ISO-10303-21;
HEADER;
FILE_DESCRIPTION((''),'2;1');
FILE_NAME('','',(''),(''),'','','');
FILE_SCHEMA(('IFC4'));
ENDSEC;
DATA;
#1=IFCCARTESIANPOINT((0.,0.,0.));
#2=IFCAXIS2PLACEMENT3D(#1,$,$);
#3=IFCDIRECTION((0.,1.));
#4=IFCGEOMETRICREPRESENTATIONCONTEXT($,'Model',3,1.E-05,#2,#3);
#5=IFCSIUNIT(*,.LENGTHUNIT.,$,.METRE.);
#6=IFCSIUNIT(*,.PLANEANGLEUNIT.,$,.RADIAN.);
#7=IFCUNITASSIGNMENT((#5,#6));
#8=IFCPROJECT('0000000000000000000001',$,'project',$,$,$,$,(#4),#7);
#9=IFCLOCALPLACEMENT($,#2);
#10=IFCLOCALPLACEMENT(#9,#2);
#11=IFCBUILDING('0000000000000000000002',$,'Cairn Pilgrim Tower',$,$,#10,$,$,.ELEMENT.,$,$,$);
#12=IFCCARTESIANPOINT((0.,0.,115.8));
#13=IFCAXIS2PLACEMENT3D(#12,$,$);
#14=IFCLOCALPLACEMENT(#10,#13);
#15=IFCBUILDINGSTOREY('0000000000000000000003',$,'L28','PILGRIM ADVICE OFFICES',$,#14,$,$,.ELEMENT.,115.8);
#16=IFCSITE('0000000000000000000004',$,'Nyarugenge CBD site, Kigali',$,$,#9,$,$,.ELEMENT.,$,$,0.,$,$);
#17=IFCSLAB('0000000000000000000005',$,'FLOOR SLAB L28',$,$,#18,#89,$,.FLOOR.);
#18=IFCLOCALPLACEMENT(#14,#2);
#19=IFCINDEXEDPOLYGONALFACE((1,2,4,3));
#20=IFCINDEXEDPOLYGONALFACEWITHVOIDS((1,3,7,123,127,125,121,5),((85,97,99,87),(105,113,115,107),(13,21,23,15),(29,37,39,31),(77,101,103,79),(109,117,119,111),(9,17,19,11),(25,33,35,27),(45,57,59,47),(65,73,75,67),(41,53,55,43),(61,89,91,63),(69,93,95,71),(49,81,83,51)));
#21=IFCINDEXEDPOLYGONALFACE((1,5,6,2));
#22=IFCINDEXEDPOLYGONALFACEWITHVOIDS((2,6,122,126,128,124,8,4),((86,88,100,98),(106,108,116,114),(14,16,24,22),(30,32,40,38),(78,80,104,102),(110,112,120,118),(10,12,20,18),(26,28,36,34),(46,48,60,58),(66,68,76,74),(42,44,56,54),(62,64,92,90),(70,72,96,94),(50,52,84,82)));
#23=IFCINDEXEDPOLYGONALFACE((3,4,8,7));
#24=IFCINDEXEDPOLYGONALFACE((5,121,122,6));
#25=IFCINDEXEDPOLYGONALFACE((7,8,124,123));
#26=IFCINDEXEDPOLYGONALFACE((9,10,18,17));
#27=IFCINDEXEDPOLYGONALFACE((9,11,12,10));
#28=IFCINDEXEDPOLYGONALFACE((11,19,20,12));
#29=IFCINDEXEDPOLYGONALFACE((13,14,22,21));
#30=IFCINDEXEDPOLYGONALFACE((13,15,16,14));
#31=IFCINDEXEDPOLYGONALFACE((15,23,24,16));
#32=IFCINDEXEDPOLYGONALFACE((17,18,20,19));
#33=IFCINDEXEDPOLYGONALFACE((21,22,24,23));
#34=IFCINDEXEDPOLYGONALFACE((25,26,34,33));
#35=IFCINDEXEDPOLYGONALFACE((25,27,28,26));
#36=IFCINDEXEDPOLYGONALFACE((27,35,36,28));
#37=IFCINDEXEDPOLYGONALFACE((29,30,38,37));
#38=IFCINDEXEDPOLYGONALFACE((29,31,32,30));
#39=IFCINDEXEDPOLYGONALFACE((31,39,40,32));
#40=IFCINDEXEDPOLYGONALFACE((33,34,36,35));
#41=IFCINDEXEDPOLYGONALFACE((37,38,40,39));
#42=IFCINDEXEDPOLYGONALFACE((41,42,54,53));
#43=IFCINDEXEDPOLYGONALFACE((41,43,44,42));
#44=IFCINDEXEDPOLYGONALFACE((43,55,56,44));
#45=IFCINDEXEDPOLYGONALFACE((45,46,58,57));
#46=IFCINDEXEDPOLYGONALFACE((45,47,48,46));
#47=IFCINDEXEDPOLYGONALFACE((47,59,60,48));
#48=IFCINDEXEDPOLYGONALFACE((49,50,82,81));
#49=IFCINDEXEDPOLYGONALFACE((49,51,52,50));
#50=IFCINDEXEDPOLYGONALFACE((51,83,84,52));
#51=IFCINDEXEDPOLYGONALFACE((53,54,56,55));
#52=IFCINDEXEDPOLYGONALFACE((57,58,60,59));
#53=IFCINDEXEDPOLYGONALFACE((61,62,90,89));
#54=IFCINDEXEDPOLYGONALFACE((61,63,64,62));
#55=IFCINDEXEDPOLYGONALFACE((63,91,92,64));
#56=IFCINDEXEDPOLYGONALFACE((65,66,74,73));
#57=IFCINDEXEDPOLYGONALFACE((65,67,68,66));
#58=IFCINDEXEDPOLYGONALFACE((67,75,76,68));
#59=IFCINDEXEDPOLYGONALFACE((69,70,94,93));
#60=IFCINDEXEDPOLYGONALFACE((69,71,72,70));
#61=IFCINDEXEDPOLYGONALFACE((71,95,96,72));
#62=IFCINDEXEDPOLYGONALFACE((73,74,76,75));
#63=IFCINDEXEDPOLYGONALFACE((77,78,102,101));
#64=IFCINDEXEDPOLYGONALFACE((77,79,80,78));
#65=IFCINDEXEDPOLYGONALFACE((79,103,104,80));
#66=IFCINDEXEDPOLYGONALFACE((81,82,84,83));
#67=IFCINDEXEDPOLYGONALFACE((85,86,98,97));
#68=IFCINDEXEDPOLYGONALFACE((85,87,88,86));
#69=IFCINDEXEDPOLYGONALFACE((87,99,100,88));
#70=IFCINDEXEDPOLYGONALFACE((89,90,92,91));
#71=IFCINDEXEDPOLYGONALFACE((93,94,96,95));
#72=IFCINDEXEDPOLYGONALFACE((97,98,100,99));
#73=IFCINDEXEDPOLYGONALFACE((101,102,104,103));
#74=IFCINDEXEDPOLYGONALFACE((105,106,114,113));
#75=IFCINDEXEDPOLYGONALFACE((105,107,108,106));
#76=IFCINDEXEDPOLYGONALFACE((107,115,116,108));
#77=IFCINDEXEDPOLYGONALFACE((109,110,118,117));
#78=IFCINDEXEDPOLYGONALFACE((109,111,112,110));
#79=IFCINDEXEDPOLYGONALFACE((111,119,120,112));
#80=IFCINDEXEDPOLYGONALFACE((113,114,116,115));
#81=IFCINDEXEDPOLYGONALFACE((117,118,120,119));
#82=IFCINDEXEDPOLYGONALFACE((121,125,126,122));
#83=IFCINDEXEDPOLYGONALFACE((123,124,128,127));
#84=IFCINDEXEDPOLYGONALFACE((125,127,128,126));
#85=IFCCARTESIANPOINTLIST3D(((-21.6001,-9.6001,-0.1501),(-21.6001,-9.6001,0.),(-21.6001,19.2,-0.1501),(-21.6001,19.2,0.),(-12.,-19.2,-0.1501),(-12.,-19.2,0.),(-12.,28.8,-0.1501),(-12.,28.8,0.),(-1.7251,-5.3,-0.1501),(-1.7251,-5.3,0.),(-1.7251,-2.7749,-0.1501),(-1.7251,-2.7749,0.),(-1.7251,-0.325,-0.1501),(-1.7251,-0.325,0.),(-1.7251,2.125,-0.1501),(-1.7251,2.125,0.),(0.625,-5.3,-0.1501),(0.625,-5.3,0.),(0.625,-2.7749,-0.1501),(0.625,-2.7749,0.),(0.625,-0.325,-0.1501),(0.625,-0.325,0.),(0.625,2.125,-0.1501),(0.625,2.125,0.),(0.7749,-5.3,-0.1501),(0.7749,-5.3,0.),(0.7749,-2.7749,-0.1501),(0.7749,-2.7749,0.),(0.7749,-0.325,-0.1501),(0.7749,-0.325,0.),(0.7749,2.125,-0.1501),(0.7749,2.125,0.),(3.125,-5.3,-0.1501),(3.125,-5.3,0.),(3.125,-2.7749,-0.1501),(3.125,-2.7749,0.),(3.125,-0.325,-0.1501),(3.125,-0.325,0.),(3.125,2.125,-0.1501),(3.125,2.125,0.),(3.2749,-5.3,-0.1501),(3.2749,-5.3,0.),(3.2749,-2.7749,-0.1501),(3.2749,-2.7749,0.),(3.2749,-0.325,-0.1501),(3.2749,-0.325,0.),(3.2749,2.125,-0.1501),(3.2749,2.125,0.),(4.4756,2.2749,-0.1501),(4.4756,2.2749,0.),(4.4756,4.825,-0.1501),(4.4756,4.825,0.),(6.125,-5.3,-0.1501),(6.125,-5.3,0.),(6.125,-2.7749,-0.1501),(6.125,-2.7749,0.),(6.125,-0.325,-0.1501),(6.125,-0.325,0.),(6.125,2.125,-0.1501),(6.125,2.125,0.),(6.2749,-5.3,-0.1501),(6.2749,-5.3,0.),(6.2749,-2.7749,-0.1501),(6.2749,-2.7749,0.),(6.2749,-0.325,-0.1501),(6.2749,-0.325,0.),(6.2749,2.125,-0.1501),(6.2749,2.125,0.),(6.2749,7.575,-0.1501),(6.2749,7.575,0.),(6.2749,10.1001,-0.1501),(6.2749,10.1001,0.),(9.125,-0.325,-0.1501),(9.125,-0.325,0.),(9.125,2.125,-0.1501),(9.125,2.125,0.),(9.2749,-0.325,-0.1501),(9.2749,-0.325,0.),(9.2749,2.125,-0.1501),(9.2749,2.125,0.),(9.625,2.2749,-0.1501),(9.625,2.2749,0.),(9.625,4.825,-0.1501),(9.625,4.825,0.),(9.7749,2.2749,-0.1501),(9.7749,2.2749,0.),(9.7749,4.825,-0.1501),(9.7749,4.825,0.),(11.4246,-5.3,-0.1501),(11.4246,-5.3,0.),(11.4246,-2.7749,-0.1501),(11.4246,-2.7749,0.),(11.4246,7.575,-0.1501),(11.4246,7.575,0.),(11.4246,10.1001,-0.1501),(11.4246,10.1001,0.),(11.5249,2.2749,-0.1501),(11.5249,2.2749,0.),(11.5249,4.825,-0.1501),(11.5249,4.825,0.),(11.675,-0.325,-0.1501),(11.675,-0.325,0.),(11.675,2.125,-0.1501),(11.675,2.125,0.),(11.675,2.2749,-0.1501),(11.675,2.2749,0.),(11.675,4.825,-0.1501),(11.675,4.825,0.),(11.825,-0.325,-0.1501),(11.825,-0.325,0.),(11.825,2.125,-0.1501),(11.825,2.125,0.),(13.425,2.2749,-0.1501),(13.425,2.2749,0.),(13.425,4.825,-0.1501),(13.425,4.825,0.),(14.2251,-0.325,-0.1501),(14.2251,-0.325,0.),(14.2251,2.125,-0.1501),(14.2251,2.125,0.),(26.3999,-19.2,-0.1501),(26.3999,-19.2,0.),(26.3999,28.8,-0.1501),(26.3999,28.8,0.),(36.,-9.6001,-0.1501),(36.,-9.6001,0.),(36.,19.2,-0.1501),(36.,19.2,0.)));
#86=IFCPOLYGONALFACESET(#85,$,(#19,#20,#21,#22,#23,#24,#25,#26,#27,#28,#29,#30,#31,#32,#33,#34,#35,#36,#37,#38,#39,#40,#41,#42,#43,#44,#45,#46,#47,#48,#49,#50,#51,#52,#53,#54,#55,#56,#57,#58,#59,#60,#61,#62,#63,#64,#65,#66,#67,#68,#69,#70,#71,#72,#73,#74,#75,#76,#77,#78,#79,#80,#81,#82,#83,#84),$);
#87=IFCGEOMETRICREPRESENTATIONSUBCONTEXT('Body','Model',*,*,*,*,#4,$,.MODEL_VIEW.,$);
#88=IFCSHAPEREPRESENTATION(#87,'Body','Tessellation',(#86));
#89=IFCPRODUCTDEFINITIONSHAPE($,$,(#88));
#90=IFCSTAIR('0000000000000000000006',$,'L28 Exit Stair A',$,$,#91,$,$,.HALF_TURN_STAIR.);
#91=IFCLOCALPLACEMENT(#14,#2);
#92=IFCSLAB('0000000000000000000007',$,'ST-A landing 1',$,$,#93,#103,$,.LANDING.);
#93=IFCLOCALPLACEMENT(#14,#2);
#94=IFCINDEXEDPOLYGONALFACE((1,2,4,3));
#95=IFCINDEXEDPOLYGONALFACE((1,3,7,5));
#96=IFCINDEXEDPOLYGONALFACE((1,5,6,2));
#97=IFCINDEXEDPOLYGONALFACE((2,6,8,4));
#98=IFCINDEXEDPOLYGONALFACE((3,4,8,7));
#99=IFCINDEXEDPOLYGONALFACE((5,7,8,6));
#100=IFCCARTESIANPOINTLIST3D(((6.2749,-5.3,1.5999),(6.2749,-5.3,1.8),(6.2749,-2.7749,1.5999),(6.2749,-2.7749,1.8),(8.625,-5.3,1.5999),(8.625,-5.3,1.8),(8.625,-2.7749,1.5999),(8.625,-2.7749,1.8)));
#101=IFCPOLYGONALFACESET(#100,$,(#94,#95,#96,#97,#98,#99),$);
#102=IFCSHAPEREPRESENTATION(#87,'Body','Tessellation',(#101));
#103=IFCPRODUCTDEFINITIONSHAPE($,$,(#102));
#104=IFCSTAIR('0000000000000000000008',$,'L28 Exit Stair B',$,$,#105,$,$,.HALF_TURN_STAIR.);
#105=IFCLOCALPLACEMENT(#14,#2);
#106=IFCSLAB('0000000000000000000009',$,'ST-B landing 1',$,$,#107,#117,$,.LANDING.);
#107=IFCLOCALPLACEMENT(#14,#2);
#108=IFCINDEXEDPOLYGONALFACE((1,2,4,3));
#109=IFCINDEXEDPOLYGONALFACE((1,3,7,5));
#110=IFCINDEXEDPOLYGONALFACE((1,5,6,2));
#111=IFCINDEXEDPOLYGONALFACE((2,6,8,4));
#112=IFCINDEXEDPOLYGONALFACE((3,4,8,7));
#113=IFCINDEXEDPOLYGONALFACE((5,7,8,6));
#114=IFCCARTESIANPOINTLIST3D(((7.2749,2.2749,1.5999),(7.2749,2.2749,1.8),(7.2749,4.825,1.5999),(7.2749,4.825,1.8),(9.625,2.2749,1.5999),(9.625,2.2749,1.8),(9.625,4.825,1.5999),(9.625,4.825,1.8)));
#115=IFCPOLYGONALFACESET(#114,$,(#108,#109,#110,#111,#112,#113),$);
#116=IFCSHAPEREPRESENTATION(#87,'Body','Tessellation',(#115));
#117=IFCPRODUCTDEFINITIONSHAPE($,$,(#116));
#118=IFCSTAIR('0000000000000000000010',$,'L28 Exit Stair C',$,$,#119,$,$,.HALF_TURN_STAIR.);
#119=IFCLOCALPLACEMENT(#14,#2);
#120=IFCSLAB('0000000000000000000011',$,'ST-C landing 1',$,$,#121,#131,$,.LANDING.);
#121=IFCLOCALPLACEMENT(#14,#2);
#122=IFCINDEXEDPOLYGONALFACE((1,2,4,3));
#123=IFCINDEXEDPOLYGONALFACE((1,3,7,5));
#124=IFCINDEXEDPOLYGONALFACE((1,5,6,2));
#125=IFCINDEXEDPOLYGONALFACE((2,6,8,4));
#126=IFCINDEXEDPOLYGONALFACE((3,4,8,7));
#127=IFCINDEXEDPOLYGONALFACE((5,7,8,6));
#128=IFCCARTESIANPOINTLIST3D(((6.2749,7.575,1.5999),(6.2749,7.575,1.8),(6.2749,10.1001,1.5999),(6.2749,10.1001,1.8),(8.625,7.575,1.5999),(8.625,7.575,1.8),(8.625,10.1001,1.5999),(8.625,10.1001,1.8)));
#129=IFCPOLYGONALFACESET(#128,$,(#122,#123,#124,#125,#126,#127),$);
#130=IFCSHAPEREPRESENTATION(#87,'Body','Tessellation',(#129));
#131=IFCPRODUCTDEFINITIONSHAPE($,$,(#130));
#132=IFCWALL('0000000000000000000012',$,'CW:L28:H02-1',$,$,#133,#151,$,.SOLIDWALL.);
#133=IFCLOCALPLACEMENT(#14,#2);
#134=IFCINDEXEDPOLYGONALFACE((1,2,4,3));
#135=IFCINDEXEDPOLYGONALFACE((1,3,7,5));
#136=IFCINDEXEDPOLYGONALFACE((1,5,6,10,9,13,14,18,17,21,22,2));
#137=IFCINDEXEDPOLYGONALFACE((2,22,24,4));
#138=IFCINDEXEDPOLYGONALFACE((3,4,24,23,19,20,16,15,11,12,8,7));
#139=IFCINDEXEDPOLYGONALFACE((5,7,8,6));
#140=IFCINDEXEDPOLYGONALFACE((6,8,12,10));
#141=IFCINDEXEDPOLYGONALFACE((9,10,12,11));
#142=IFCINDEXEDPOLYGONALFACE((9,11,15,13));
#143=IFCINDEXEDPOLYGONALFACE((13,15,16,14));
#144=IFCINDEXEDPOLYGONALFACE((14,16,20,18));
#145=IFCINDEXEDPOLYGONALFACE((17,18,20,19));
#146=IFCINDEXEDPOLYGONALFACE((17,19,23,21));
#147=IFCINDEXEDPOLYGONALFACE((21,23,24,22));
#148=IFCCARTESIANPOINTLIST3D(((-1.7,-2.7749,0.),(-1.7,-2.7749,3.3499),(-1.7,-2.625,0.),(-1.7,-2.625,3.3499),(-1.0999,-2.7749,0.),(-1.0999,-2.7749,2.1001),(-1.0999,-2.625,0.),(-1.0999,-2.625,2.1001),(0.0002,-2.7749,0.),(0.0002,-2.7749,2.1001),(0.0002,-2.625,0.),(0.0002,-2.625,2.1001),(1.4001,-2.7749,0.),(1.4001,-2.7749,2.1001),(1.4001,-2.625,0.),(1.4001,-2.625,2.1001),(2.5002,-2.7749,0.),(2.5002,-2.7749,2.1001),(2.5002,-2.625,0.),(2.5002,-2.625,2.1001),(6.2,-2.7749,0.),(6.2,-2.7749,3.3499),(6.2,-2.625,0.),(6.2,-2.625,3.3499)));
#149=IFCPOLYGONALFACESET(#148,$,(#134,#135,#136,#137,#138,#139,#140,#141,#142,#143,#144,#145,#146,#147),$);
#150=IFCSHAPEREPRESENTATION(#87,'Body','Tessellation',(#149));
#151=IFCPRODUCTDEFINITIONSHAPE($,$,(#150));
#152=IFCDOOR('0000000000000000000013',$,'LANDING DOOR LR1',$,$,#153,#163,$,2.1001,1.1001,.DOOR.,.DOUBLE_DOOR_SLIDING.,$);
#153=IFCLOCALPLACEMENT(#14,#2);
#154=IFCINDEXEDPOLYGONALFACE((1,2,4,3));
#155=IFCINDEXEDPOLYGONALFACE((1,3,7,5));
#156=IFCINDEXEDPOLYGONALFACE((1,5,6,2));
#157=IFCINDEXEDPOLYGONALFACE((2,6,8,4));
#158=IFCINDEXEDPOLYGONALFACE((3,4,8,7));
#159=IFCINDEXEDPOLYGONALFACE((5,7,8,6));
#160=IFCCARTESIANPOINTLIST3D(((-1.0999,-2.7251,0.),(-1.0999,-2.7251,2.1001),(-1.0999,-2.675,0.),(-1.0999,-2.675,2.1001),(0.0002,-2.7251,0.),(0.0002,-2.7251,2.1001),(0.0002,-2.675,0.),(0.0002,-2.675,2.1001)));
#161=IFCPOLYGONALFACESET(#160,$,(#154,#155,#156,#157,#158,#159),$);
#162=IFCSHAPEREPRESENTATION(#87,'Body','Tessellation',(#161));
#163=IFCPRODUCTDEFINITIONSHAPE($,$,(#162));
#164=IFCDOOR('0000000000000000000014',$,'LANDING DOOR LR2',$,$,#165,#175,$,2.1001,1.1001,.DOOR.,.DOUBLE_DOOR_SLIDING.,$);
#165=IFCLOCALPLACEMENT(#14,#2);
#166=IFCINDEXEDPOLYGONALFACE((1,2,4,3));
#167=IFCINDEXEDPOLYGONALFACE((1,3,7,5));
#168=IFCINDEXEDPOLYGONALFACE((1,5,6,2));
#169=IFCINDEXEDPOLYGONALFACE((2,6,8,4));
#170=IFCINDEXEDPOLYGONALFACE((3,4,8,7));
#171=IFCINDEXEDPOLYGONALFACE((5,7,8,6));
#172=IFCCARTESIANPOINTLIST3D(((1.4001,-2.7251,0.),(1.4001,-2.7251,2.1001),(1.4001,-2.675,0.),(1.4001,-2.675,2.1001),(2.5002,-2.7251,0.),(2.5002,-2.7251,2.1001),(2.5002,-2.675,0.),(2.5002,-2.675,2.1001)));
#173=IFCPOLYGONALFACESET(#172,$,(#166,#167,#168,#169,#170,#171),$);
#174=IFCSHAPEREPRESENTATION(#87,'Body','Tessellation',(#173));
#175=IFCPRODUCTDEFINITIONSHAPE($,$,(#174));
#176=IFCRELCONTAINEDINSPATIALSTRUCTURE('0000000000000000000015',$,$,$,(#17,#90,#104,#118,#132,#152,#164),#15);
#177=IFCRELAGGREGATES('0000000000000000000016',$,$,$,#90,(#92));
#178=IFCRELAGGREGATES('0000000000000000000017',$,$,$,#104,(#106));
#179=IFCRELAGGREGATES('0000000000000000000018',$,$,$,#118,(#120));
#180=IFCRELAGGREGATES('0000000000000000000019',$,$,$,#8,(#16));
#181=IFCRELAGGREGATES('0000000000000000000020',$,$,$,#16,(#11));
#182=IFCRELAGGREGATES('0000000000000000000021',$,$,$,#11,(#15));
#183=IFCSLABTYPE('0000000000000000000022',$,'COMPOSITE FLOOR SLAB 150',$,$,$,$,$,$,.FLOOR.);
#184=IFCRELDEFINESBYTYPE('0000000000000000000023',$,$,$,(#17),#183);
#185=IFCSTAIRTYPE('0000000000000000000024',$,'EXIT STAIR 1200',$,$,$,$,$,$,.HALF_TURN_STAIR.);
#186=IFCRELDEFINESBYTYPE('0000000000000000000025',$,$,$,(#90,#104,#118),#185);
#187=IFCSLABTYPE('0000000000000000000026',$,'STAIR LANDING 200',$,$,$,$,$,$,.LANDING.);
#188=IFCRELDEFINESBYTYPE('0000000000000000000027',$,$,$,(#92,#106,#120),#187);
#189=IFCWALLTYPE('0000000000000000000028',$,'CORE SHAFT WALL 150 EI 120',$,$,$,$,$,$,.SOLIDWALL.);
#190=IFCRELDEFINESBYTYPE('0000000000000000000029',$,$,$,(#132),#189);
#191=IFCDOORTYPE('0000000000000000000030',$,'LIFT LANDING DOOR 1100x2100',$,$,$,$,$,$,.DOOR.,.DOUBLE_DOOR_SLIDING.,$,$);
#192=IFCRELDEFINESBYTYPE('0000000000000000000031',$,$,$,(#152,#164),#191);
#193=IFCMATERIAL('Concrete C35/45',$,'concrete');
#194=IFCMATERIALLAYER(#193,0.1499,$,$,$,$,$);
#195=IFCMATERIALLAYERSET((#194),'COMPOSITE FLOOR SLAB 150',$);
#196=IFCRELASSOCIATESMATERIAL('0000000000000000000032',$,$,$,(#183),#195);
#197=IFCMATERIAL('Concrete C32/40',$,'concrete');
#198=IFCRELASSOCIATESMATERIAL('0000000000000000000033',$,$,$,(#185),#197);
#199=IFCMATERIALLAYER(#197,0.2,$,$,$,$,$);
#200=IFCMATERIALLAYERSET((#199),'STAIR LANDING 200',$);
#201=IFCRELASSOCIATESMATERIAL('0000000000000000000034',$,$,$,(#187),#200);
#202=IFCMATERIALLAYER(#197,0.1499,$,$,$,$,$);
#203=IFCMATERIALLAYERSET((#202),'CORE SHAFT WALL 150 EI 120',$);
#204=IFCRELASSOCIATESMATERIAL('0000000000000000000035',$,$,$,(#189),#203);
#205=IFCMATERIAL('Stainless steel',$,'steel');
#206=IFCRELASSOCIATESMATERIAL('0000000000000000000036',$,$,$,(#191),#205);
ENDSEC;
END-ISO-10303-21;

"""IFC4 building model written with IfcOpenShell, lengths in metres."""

from ifc_helpers import new_model, si_unit, direction, frame, frame_2d, origin, place, context, subcontext, project, spatial, polyline, rectangle, outline, extrude, material, layer, layer_set, type_object, element, fill, aggregate, save


model = new_model("IFC4")

# Units and contexts
model_context = context("Model", 3, precision=1e-05, world=origin(), true_north=direction((0.0, 1.0)))
body_context = subcontext(model_context, "Body", "Model", "MODEL_VIEW")
ifc_project = project(units=[si_unit("LENGTHUNIT", "METRE"), si_unit("PLANEANGLEUNIT", "RADIAN")], contexts=[model_context])

# Site, building, storey
site_placement = place(None, origin())
site = spatial("IfcSite", under=ifc_project, at=site_placement, Name="Nyarugenge CBD site, Kigali", CompositionType="ELEMENT", RefElevation=0.0)
building_placement = place(site_placement, origin())
building = spatial("IfcBuilding", under=site, at=building_placement, Name="Cairn Pilgrim Tower", CompositionType="ELEMENT")
storey_placement = place(building_placement, frame((0.0, 0.0, 115.8)))
storey = spatial("IfcBuildingStorey", under=building, at=storey_placement, Name="L28", Description="PILGRIM ADVICE OFFICES", CompositionType="ELEMENT", Elevation=115.8)

# Slab
ifc_material_1 = material(Name="Concrete C35/45", Category="concrete")
ifc_layer_1 = layer(ifc_material_1, 0.1499)
ifc_layer_set_1 = layer_set([ifc_layer_1], Name="COMPOSITE FLOOR SLAB 150")
slab_type_1 = type_object("IfcSlabType", Name="COMPOSITE FLOOR SLAB 150", PredefinedType="FLOOR", material=ifc_layer_set_1)
slab_1_placement = place(storey_placement, frame((0.0, 0.0, -0.1501)))
element("IfcSlab", 1, at=slab_1_placement, inside=storey, type_object=slab_type_1, Name="FLOOR SLAB L28", PredefinedType="FLOOR", context=body_context, shape_type="SweptSolid", body=[
    extrude(outline(polyline([(-12.0, -19.2), (26.3999, -19.2), (36.0, -9.6001), (36.0, 19.2), (26.3999, 28.8), (-12.0, 28.8), (-21.6001, 19.2), (-21.6001, -9.6001), (-12.0, -19.2)]), holes=[polyline([(-1.7251, -5.3), (0.625, -5.3), (0.625, -2.7749), (-1.7251, -2.7749), (-1.7251, -5.3)]), polyline([(0.7749, -5.3), (3.125, -5.3), (3.125, -2.7749), (0.7749, -2.7749), (0.7749, -5.3)]), polyline([(-1.7251, -0.325), (0.625, -0.325), (0.625, 2.125), (-1.7251, 2.125), (-1.7251, -0.325)]), polyline([(0.7749, -0.325), (3.125, -0.325), (3.125, 2.125), (0.7749, 2.125), (0.7749, -0.325)]), polyline([(3.2749, -5.3), (6.125, -5.3), (6.125, -2.7749), (3.2749, -2.7749), (3.2749, -5.3)]), polyline([(3.2749, -0.325), (6.125, -0.325), (6.125, 2.125), (3.2749, 2.125), (3.2749, -0.325)]), polyline([(6.2749, -0.325), (9.125, -0.325), (9.125, 2.125), (6.2749, 2.125), (6.2749, -0.325)]), polyline([(9.2749, -0.325), (11.675, -0.325), (11.675, 2.125), (9.2749, 2.125), (9.2749, -0.325)]), polyline([(11.825, -0.325), (14.2251, -0.325), (14.2251, 2.125), (11.825, 2.125), (11.825, -0.325)]), polyline([(9.7749, 2.2749), (11.5249, 2.2749), (11.5249, 4.825), (9.7749, 4.825), (9.7749, 2.2749)]), polyline([(11.675, 2.2749), (13.425, 2.2749), (13.425, 4.825), (11.675, 4.825), (11.675, 2.2749)]), polyline([(11.4246, -2.7749), (6.2749, -2.7749), (6.2749, -5.3), (11.4246, -5.3), (11.4246, -2.7749)]), polyline([(4.4756, 2.2749), (9.625, 2.2749), (9.625, 4.825), (4.4756, 4.825), (4.4756, 2.2749)]), polyline([(11.4246, 10.1001), (6.2749, 10.1001), (6.2749, 7.575), (11.4246, 7.575), (11.4246, 10.1001)])]), origin(), (0.0, 0.0, 1.0), 0.1501),
])

# Stairs, slabs
ifc_material_2 = material(Name="Concrete C32/40", Category="concrete")
stair_type = type_object("IfcStairType", Name="EXIT STAIR 1200", PredefinedType="HALF_TURN_STAIR", material=ifc_material_2)
stair_1_placement = place(storey_placement, origin())
stair_1 = element("IfcStair", 2, at=stair_1_placement, inside=storey, type_object=stair_type, Name="L28 Exit Stair A", PredefinedType="HALF_TURN_STAIR")
ifc_layer_2 = layer(ifc_material_2, 0.2)
ifc_layer_set_2 = layer_set([ifc_layer_2], Name="STAIR LANDING 200")
slab_type_2 = type_object("IfcSlabType", Name="STAIR LANDING 200", PredefinedType="LANDING", material=ifc_layer_set_2)
slab_2_placement = place(storey_placement, frame((0.0, 0.0, 1.5999)))
slab_2 = element("IfcSlab", 3, at=slab_2_placement, type_object=slab_type_2, Name="ST-A landing 1", PredefinedType="LANDING", context=body_context, shape_type="SweptSolid", body=[
    extrude(outline(polyline([(8.625, -2.7749), (6.2749, -2.7749), (6.2749, -5.3), (8.625, -5.3), (8.625, -2.7749)])), origin(), (0.0, 0.0, 1.0), 0.2002),
])
aggregate(stair_1, [slab_2])
stair_2_placement = place(storey_placement, origin())
stair_2 = element("IfcStair", 4, at=stair_2_placement, inside=storey, type_object=stair_type, Name="L28 Exit Stair B", PredefinedType="HALF_TURN_STAIR")
slab_3_placement = place(storey_placement, frame((0.0, 0.0, 1.5999)))
slab_3 = element("IfcSlab", 5, at=slab_3_placement, type_object=slab_type_2, Name="ST-B landing 1", PredefinedType="LANDING", context=body_context, shape_type="SweptSolid", body=[
    extrude(outline(polyline([(7.2749, 2.2749), (9.625, 2.2749), (9.625, 4.825), (7.2749, 4.825), (7.2749, 2.2749)])), origin(), (0.0, 0.0, 1.0), 0.2002),
])
aggregate(stair_2, [slab_3])
stair_3_placement = place(storey_placement, origin())
stair_3 = element("IfcStair", 6, at=stair_3_placement, inside=storey, type_object=stair_type, Name="L28 Exit Stair C", PredefinedType="HALF_TURN_STAIR")
slab_4_placement = place(storey_placement, frame((0.0, 0.0, 1.5999)))
slab_4 = element("IfcSlab", 7, at=slab_4_placement, type_object=slab_type_2, Name="ST-C landing 1", PredefinedType="LANDING", context=body_context, shape_type="SweptSolid", body=[
    extrude(outline(polyline([(8.625, 10.1001), (6.2749, 10.1001), (6.2749, 7.575), (8.625, 7.575), (8.625, 10.1001)])), origin(), (0.0, 0.0, 1.0), 0.2002),
])
aggregate(stair_3, [slab_4])

# Wall, openings, doors
ifc_layer_3 = layer(ifc_material_2, 0.1499)
ifc_layer_set_3 = layer_set([ifc_layer_3], Name="CORE SHAFT WALL 150 EI 120")
wall_type_1 = type_object("IfcWallType", Name="CORE SHAFT WALL 150 EI 120", PredefinedType="SOLIDWALL", material=ifc_layer_set_3)
wall_1_placement = place(storey_placement, frame((-1.7, -2.7, 0.0), z_axis=(0.0, 0.0, 1.0), x_axis=(1.0, 0.0, 0.0)))
wall_1 = element("IfcWall", 8, at=wall_1_placement, inside=storey, type_object=wall_type_1, Name="CW:L28:H02-1", PredefinedType="SOLIDWALL", context=body_context, shape_type="SweptSolid", body=[
    extrude(rectangle(XDim=7.8999, YDim=0.1499, at=frame_2d((3.95, 0.0))), origin(), (0.0, 0.0, 1.0), 3.3499),
])
opening_1_placement = place(wall_1_placement, frame((0.6001, 0.0, 0.0)))
opening_1 = element("IfcOpeningElement", 9, at=opening_1_placement, cuts=wall_1, PredefinedType="OPENING", context=body_context, shape_type="SweptSolid", body=[
    extrude(rectangle(XDim=1.1001, YDim=2.1001, at=frame_2d((0.55, 1.05))), frame((0.0, 0.085, 0.0), z_axis=(0.0, -1.0, 0.0), x_axis=(1.0, 0.0, 0.0)), (0.0, 0.0, 1.0), 0.1699),
])
opening_2_placement = place(wall_1_placement, frame((3.1001, 0.0, 0.0)))
opening_2 = element("IfcOpeningElement", 10, at=opening_2_placement, cuts=wall_1, PredefinedType="OPENING", context=body_context, shape_type="SweptSolid", body=[
    extrude(rectangle(XDim=1.1001, YDim=2.1001, at=frame_2d((0.55, 1.05))), frame((0.0, 0.085, 0.0), z_axis=(0.0, -1.0, 0.0), x_axis=(1.0, 0.0, 0.0)), (0.0, 0.0, 1.0), 0.1699),
])
ifc_material_3 = material(Name="Stainless steel", Category="steel")
door_type_1 = type_object("IfcDoorType", Name="LIFT LANDING DOOR 1100x2100", OperationType="DOUBLE_DOOR_SLIDING", PredefinedType="DOOR", material=ifc_material_3)
door_1_placement = place(opening_1_placement, origin())
door_1 = element("IfcDoor", 11, at=door_1_placement, inside=storey, type_object=door_type_1, Name="LANDING DOOR LR1", OperationType="DOUBLE_DOOR_SLIDING", OverallHeight=2.1001, OverallWidth=1.1001, PredefinedType="DOOR", context=body_context, shape_type="SweptSolid", body=[
    extrude(rectangle(XDim=1.1001, YDim=2.1001, at=frame_2d((0.55, 1.05))), frame((0.0, 0.0249, 0.0), z_axis=(0.0, -1.0, 0.0), x_axis=(1.0, 0.0, 0.0)), (0.0, 0.0, 1.0), 0.05),
])
fill(opening_1, door_1)
door_2_placement = place(opening_2_placement, origin())
door_2 = element("IfcDoor", 12, at=door_2_placement, inside=storey, type_object=door_type_1, Name="LANDING DOOR LR2", OperationType="DOUBLE_DOOR_SLIDING", OverallHeight=2.1001, OverallWidth=1.1001, PredefinedType="DOOR", context=body_context, shape_type="SweptSolid", body=[
    extrude(rectangle(XDim=1.1001, YDim=2.1001, at=frame_2d((0.55, 1.05))), frame((0.0, 0.0249, 0.0), z_axis=(0.0, -1.0, 0.0), x_axis=(1.0, 0.0, 0.0)), (0.0, 0.0, 1.0), 0.05),
])
fill(opening_2, door_2)

save(model, "model.ifc")
